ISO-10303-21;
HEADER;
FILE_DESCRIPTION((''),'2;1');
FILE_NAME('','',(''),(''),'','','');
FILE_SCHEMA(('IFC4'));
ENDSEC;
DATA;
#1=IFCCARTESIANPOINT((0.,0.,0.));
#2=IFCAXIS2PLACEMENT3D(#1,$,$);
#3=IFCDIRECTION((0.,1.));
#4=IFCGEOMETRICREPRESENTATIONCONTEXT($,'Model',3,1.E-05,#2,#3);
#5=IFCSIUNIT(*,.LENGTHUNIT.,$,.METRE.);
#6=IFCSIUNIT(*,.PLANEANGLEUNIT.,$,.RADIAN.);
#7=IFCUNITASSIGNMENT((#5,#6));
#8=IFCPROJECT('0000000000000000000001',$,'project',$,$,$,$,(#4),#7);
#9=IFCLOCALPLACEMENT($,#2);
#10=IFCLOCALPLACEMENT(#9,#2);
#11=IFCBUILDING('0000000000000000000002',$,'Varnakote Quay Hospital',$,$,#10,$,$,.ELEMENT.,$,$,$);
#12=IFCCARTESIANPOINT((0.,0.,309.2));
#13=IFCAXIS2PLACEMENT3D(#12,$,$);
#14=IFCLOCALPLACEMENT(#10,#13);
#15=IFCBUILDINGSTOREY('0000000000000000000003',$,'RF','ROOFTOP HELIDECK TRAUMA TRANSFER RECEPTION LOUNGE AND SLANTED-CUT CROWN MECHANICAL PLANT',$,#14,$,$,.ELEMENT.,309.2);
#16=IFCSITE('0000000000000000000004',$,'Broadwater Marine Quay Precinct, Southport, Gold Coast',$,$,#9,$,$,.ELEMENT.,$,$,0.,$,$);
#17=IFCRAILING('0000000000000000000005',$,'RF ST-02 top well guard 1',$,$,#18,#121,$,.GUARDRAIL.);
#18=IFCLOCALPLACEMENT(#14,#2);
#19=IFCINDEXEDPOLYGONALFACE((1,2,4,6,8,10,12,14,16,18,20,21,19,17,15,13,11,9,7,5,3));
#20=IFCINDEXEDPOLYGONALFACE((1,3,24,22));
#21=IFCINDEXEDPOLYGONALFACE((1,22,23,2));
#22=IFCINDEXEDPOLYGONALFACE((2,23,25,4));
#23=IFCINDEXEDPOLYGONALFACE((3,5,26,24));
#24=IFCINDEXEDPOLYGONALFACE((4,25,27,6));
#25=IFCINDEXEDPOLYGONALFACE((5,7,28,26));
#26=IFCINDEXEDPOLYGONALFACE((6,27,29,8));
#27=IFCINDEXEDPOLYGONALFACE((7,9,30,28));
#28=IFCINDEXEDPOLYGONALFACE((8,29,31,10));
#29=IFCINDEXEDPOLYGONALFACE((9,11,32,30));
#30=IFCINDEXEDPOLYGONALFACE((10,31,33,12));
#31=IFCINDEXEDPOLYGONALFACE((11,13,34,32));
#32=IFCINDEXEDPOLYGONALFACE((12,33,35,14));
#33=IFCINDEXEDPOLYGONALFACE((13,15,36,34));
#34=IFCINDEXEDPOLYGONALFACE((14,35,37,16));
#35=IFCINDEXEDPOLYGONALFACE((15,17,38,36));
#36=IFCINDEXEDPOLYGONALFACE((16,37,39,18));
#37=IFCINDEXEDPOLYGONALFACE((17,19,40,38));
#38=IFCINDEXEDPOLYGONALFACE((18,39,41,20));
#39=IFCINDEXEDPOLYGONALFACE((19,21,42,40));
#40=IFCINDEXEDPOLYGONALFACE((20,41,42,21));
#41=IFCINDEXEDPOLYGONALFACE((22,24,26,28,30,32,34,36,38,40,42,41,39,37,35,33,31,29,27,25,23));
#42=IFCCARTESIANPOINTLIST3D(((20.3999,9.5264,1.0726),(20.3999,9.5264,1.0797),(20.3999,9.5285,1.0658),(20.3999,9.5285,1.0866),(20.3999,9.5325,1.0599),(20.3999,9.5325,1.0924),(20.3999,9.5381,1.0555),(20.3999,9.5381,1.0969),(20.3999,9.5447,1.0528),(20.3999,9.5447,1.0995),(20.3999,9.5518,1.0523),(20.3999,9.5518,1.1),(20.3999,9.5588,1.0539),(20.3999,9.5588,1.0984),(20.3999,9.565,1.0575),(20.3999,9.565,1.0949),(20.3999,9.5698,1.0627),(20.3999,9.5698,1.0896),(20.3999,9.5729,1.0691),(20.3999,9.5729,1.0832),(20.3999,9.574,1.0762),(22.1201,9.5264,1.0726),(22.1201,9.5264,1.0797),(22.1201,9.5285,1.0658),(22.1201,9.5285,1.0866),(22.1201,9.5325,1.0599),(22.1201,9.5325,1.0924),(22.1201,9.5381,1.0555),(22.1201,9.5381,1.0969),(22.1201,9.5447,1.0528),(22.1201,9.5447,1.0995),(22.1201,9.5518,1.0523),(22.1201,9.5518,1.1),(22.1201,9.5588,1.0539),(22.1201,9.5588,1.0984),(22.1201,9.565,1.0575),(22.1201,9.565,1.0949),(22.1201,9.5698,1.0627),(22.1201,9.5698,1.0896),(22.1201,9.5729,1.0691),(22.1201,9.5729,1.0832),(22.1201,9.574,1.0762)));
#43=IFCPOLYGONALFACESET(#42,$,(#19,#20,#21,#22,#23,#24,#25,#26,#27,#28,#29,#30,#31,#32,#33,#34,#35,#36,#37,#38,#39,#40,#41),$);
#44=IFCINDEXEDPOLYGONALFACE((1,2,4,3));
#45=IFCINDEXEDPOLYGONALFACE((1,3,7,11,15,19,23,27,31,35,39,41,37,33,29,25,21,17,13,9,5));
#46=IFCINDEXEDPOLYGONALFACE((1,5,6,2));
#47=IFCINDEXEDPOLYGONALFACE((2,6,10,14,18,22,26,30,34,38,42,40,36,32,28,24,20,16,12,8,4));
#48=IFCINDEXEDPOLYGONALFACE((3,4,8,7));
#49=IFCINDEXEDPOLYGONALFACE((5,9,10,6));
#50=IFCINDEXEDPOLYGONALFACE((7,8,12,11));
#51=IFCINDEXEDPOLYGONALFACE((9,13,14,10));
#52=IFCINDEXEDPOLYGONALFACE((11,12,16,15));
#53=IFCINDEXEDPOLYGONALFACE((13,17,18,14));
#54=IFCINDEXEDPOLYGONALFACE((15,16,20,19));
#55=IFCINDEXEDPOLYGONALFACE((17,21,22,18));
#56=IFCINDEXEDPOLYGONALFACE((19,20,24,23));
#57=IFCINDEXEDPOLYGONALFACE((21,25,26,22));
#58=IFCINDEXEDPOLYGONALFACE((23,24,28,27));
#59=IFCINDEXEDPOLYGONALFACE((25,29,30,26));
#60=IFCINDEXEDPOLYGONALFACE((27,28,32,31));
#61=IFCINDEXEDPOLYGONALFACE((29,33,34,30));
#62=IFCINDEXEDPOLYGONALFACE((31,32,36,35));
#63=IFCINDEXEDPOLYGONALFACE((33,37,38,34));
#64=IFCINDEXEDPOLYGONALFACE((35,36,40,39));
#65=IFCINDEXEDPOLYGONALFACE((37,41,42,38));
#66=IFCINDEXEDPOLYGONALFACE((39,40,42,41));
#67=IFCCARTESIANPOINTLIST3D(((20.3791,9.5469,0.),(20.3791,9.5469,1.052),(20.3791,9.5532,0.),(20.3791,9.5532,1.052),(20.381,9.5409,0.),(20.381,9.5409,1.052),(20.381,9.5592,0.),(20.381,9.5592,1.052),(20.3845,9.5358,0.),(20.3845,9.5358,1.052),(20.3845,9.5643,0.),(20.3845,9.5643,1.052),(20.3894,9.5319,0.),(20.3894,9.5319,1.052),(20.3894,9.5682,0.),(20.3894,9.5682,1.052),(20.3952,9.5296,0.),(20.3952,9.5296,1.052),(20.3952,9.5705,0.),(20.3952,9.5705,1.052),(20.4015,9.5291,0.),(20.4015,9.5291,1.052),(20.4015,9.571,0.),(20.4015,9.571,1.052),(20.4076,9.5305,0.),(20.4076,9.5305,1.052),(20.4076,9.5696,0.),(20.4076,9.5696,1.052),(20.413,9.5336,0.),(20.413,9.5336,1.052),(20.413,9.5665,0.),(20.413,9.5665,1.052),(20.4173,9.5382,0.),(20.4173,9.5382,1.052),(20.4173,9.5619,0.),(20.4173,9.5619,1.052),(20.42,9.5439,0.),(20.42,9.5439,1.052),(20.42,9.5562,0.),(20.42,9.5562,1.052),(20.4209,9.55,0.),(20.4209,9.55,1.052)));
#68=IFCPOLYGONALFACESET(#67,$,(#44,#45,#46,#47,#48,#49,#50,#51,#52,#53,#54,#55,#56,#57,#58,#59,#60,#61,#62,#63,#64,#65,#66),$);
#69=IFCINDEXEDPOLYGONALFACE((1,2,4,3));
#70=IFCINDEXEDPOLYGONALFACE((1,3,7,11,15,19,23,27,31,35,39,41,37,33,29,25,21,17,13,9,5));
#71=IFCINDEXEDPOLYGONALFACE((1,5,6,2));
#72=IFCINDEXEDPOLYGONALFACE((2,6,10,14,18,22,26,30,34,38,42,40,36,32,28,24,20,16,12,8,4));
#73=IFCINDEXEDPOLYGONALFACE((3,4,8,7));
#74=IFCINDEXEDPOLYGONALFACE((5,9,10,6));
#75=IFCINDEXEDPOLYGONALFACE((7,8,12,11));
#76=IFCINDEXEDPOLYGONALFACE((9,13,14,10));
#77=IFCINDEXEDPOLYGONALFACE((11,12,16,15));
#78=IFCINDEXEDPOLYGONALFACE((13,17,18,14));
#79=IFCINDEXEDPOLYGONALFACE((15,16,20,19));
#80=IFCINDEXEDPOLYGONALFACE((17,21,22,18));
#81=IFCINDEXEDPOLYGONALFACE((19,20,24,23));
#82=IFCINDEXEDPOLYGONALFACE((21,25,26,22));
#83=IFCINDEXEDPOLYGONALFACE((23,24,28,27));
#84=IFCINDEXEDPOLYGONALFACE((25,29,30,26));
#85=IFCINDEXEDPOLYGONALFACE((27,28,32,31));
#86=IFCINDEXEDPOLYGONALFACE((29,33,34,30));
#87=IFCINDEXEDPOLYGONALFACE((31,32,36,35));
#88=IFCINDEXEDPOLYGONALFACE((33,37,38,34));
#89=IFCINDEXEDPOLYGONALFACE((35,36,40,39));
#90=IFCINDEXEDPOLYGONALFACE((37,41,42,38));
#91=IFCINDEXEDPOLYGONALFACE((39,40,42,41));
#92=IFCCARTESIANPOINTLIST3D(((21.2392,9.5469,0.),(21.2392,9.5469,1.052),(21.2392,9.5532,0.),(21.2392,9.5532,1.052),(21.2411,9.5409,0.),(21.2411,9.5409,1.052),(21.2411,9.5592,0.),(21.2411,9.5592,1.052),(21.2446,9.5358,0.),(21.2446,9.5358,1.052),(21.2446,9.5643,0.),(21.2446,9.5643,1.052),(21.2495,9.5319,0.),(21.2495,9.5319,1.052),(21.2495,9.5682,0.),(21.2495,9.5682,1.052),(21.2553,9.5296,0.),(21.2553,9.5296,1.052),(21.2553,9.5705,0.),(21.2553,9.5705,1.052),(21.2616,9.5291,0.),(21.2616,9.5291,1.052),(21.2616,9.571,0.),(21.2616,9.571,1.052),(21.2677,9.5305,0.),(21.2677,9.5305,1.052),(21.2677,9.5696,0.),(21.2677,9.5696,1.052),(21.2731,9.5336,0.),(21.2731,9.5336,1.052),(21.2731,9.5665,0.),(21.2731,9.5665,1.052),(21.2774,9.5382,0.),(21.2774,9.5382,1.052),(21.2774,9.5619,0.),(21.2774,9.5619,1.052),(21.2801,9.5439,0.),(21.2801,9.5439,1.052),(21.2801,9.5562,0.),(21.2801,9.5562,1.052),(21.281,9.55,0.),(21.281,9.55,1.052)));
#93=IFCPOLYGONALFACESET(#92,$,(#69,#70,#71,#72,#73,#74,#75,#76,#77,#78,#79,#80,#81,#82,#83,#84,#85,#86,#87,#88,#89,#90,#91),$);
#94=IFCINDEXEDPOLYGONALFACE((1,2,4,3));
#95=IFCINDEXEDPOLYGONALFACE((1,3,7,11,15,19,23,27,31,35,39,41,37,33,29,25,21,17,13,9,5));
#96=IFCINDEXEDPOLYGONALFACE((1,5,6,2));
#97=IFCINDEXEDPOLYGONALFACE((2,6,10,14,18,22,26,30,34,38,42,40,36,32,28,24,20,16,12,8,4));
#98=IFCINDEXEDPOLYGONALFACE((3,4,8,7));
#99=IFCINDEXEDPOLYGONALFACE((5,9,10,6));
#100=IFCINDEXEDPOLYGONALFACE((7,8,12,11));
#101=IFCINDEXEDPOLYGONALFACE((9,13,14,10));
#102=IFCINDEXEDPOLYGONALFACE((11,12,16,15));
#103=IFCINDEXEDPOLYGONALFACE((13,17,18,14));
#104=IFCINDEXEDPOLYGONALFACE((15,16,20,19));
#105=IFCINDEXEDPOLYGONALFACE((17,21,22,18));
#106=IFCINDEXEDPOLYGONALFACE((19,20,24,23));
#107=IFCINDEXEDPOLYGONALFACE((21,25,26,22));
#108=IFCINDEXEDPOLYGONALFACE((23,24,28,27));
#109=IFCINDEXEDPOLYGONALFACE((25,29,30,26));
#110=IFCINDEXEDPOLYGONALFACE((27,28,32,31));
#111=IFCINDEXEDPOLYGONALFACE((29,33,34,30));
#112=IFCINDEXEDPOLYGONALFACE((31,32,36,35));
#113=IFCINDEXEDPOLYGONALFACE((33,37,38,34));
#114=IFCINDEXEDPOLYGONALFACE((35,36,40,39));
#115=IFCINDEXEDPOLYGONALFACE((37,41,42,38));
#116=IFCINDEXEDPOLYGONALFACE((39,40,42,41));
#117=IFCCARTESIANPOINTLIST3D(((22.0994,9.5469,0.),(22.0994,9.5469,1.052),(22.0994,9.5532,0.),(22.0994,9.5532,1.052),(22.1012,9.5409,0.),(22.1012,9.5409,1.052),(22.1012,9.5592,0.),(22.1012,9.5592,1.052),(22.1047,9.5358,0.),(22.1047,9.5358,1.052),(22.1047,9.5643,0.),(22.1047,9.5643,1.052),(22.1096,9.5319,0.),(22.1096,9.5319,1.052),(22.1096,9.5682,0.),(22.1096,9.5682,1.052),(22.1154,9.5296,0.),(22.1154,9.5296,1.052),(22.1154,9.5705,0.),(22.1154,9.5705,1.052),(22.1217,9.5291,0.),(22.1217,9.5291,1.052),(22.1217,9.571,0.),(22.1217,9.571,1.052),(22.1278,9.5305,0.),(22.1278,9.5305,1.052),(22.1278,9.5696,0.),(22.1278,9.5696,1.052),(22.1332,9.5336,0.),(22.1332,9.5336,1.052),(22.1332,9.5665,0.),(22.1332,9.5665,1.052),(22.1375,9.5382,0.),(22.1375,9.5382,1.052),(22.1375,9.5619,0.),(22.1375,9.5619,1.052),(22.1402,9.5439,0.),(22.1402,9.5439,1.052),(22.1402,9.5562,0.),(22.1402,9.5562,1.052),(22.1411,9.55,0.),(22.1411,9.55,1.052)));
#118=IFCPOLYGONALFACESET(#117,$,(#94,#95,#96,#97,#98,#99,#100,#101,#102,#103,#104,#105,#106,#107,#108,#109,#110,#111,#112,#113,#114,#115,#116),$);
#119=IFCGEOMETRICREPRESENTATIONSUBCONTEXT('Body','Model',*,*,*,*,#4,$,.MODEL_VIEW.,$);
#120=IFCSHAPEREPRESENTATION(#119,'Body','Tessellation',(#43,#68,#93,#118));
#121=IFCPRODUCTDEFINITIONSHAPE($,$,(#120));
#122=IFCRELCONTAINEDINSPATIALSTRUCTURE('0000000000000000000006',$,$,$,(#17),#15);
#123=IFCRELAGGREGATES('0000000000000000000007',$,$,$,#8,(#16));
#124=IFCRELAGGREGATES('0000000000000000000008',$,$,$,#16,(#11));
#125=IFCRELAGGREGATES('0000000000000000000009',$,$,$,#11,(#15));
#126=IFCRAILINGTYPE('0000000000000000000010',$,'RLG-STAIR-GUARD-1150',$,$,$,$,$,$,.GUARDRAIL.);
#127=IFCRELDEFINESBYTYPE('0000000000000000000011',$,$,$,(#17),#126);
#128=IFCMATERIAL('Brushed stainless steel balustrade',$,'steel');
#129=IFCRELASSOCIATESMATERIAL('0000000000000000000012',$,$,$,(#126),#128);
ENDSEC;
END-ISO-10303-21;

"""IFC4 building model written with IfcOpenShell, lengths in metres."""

from ifc_helpers import new_model, si_unit, direction, frame, origin, origin_2d, place, context, subcontext, project, spatial, circle, extrude, material, type_object, element, save


model = new_model("IFC4")

# Units and contexts
model_context = context("Model", 3, precision=1e-05, world=origin(), true_north=direction((0.0, 1.0)))
body_context = subcontext(model_context, "Body", "Model", "MODEL_VIEW")
ifc_project = project(units=[si_unit("LENGTHUNIT", "METRE"), si_unit("PLANEANGLEUNIT", "RADIAN")], contexts=[model_context])

# Site, building, storey
site_placement = place(None, origin())
site = spatial("IfcSite", under=ifc_project, at=site_placement, Name="Broadwater Marine Quay Precinct, Southport, Gold Coast", CompositionType="ELEMENT", RefElevation=0.0)
building_placement = place(site_placement, origin())
building = spatial("IfcBuilding", under=site, at=building_placement, Name="Varnakote Quay Hospital", CompositionType="ELEMENT")
storey_placement = place(building_placement, frame((0.0, 0.0, 309.2)))
storey = spatial("IfcBuildingStorey", under=building, at=storey_placement, Name="RF", Description="ROOFTOP HELIDECK TRAUMA TRANSFER RECEPTION LOUNGE AND SLANTED-CUT CROWN MECHANICAL PLANT", CompositionType="ELEMENT", Elevation=309.2)

# Railing
ifc_material_1 = material(Name="Brushed stainless steel balustrade", Category="steel")
railing_type_1 = type_object("IfcRailingType", Name="RLG-STAIR-GUARD-1150", PredefinedType="GUARDRAIL", material=ifc_material_1)
railing_1_placement = place(storey_placement, frame((20.3999, 9.55, 0.0)))
element("IfcRailing", 1, at=railing_1_placement, inside=storey, type_object=railing_type_1, Name="RF ST-02 top well guard 1", PredefinedType="GUARDRAIL", context=body_context, shape_type="SweptSolid", body=[
    extrude(circle(Radius=0.0239, at=origin_2d()), frame((0.0, 0.0, 1.0762), z_axis=(1.0, 0.0, 0.0), x_axis=(0.0, 1.0, 0.0)), (0.0, 0.0, 1.0), 1.7202),
    extrude(circle(Radius=0.021, at=origin_2d()), origin(), (0.0, 0.0, 1.0), 1.052),
    extrude(circle(Radius=0.021, at=origin_2d()), frame((0.8601, 0.0, 0.0)), (0.0, 0.0, 1.0), 1.052),
    extrude(circle(Radius=0.021, at=origin_2d()), frame((1.7202, 0.0, 0.0)), (0.0, 0.0, 1.0), 1.052),
])

save(model, "model.ifc")
